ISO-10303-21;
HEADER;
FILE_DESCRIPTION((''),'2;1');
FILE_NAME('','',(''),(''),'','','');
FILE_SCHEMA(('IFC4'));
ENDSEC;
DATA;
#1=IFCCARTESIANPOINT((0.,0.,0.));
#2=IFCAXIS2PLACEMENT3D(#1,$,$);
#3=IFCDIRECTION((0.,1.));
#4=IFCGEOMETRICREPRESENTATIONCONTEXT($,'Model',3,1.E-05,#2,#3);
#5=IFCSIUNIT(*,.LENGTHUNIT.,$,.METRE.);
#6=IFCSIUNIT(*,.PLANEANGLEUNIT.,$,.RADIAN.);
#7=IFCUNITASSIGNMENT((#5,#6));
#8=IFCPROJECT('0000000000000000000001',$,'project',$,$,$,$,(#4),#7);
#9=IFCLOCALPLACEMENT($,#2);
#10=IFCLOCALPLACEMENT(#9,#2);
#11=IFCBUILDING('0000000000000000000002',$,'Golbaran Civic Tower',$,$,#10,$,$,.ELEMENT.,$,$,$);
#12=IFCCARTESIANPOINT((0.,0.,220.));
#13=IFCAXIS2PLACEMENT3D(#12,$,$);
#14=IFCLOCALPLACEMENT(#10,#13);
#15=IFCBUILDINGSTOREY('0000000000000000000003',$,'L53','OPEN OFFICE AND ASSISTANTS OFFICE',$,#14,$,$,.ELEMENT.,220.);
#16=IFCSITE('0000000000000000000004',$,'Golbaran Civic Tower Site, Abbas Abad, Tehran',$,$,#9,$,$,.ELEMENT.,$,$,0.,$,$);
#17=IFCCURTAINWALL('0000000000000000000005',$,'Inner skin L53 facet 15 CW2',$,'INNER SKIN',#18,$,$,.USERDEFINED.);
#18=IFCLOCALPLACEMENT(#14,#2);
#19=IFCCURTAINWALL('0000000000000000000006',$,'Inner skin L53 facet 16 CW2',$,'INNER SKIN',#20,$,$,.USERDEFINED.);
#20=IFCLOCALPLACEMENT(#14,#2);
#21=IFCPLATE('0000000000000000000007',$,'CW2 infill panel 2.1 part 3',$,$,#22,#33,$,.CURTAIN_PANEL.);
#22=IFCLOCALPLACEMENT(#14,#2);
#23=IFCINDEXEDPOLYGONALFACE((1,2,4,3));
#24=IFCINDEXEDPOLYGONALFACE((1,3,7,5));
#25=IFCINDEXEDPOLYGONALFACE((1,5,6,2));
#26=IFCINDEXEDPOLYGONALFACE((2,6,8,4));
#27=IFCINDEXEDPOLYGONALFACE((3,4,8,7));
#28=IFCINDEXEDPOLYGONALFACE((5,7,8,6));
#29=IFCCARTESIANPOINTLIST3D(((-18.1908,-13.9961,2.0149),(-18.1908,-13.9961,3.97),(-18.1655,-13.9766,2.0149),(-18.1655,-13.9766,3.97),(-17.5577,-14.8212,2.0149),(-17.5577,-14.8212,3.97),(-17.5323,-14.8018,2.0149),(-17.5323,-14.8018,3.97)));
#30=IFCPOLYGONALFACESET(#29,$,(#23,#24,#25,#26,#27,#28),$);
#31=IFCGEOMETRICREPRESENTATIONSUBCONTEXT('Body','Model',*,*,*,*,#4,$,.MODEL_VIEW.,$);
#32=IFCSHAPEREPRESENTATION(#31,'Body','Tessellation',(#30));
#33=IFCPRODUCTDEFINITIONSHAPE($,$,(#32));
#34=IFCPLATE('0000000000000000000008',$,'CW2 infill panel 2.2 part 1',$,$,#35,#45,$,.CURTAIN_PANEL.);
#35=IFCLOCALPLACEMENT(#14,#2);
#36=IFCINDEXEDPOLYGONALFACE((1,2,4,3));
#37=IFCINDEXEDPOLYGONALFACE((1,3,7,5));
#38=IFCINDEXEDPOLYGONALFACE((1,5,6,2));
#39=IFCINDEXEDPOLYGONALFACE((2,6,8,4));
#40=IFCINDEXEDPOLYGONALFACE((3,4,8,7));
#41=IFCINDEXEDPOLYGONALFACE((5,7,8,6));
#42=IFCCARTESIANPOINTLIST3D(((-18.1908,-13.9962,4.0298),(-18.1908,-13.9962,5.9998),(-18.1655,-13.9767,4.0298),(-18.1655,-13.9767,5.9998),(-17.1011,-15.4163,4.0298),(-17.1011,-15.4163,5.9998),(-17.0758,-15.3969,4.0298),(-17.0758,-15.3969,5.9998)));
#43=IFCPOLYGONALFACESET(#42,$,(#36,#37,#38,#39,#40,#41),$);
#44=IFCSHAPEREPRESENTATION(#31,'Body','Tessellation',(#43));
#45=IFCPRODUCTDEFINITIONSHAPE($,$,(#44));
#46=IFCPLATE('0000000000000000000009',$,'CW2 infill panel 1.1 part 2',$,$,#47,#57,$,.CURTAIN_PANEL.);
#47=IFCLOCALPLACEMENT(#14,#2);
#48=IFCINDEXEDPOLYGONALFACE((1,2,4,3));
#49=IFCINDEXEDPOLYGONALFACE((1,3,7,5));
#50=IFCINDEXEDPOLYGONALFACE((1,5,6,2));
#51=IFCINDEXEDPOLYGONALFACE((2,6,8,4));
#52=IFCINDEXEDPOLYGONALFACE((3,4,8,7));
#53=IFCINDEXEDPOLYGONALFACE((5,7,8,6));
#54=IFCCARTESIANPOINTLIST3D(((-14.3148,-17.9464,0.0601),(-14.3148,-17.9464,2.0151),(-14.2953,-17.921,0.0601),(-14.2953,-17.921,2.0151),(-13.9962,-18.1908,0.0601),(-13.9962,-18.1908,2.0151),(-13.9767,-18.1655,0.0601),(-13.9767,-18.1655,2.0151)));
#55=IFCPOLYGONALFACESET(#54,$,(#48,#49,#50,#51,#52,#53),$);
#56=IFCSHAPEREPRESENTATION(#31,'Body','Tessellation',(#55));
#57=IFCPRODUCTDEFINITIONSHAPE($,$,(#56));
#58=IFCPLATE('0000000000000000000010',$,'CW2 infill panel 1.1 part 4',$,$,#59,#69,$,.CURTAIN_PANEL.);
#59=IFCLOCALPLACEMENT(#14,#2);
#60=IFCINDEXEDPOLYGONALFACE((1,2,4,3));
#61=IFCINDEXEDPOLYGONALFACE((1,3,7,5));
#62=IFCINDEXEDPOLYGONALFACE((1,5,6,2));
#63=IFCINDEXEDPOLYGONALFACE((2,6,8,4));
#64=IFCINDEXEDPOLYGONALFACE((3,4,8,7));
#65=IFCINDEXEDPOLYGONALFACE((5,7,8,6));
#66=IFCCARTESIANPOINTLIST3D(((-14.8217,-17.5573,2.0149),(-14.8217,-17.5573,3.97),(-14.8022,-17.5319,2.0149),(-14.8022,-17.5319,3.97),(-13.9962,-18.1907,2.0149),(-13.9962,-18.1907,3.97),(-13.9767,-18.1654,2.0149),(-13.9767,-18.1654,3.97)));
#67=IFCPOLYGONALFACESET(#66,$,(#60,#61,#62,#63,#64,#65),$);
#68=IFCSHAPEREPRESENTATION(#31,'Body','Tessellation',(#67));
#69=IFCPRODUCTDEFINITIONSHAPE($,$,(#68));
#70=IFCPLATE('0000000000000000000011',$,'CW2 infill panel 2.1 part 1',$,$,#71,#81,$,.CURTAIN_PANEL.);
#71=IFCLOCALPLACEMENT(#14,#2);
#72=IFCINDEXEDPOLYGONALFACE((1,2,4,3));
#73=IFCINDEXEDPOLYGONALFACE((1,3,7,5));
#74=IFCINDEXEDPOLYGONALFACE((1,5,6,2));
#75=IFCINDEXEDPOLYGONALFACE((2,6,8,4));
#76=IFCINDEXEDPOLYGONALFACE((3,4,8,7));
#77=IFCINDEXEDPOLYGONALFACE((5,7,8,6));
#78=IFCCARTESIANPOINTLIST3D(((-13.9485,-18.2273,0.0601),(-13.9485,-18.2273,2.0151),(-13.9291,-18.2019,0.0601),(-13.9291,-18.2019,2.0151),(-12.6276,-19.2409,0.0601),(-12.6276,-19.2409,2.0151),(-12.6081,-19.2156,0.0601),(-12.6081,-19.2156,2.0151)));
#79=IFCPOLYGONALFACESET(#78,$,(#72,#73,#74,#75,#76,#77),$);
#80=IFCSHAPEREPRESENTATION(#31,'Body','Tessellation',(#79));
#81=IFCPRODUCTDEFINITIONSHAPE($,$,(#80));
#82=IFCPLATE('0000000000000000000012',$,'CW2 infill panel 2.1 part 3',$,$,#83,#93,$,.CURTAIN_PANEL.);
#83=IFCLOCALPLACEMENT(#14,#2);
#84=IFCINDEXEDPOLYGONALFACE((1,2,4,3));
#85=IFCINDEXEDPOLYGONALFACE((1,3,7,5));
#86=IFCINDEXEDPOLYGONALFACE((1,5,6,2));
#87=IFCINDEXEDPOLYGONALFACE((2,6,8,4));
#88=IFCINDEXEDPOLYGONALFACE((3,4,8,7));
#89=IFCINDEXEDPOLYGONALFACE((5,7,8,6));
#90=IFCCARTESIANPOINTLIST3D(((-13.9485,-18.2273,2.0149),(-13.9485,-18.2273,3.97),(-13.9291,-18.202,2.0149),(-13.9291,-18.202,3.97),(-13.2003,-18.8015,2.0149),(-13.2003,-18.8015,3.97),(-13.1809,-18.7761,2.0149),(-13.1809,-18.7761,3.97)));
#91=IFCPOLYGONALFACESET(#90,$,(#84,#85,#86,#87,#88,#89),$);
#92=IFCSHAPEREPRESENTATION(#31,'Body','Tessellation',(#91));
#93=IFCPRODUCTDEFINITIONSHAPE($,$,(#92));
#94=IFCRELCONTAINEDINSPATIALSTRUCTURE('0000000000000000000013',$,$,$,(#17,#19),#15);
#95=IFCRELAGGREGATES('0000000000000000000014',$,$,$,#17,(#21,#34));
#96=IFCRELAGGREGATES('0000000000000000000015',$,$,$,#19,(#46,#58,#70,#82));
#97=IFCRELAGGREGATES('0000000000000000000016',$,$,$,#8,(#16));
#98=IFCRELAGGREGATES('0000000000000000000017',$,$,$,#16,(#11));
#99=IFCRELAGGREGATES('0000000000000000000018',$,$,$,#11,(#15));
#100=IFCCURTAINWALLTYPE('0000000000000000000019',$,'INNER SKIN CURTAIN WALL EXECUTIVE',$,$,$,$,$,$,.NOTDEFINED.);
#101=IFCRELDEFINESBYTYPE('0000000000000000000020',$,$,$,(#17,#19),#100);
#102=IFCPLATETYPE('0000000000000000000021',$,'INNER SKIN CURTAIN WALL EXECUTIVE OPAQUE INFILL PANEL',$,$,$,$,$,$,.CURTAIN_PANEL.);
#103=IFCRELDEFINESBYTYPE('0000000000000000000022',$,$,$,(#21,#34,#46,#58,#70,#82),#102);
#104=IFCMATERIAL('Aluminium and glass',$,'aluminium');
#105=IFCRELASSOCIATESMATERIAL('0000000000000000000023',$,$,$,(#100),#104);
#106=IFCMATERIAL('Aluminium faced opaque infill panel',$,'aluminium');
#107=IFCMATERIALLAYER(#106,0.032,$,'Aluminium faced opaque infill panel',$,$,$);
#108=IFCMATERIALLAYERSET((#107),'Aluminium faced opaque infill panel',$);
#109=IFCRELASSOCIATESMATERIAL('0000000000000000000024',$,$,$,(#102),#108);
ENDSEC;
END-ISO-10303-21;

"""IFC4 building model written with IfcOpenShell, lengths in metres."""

from ifc_helpers import new_model, si_unit, direction, frame, origin, origin_2d, place, context, subcontext, project, spatial, rectangle, extrude, material, layer, layer_set, type_object, element, aggregate, save


model = new_model("IFC4")

# Units and contexts
model_context = context("Model", 3, precision=1e-05, world=origin(), true_north=direction((0.0, 1.0)))
body_context = subcontext(model_context, "Body", "Model", "MODEL_VIEW")
ifc_project = project(units=[si_unit("LENGTHUNIT", "METRE"), si_unit("PLANEANGLEUNIT", "RADIAN")], contexts=[model_context])

# Site, building, storey
site_placement = place(None, origin())
site = spatial("IfcSite", under=ifc_project, at=site_placement, Name="Golbaran Civic Tower Site, Abbas Abad, Tehran", CompositionType="ELEMENT", RefElevation=0.0)
building_placement = place(site_placement, origin())
building = spatial("IfcBuilding", under=site, at=building_placement, Name="Golbaran Civic Tower", CompositionType="ELEMENT")
storey_placement = place(building_placement, frame((0.0, 0.0, 220.0)))
storey = spatial("IfcBuildingStorey", under=building, at=storey_placement, Name="L53", Description="OPEN OFFICE AND ASSISTANTS OFFICE", CompositionType="ELEMENT", Elevation=220.0)

# Curtain wall
ifc_material_1 = material(Name="Aluminium and glass", Category="aluminium")
curtain_wall_type = type_object("IfcCurtainWallType", Name="INNER SKIN CURTAIN WALL EXECUTIVE", PredefinedType="NOTDEFINED", material=ifc_material_1)
curtain_wall_1_placement = place(storey_placement, origin())
curtain_wall_1 = element("IfcCurtainWall", 1, at=curtain_wall_1_placement, inside=storey, type_object=curtain_wall_type, Name="Inner skin L53 facet 15 CW2", ObjectType="INNER SKIN", PredefinedType="USERDEFINED")

# Curtain wall
curtain_wall_2_placement = place(storey_placement, origin())
curtain_wall_2 = element("IfcCurtainWall", 2, at=curtain_wall_2_placement, inside=storey, type_object=curtain_wall_type, Name="Inner skin L53 facet 16 CW2", ObjectType="INNER SKIN", PredefinedType="USERDEFINED")

# Plates
ifc_material_2 = material(Name="Aluminium faced opaque infill panel", Category="aluminium")
ifc_layer_1 = layer(ifc_material_2, 0.032, Name="Aluminium faced opaque infill panel")
ifc_layer_set_1 = layer_set([ifc_layer_1], Name="Aluminium faced opaque infill panel")
plate_type_1 = type_object("IfcPlateType", Name="INNER SKIN CURTAIN WALL EXECUTIVE OPAQUE INFILL PANEL", PredefinedType="CURTAIN_PANEL", material=ifc_layer_set_1)
plate_1_placement = place(storey_placement, frame((-17.8616, -14.3989, 2.0149), z_axis=(0.0, 0.0, 1.0), x_axis=(0.608761, -0.793353, 0.0)))
plate_1 = element("IfcPlate", 3, at=plate_1_placement, type_object=plate_type_1, Name="CW2 infill panel 2.1 part 3", PredefinedType="CURTAIN_PANEL", context=body_context, shape_type="SweptSolid", body=[
    extrude(rectangle(XDim=1.04, YDim=0.032, at=origin_2d()), origin(), (0.0, 0.0, 1.0), 1.9551),
])
plate_2_placement = place(storey_placement, frame((-17.6333, -14.6965, 4.0298), z_axis=(0.0, 0.0, 1.0), x_axis=(0.608761, -0.793353, 0.0)))
plate_2 = element("IfcPlate", 4, at=plate_2_placement, type_object=plate_type_1, Name="CW2 infill panel 2.2 part 1", PredefinedType="CURTAIN_PANEL", context=body_context, shape_type="SweptSolid", body=[
    extrude(rectangle(XDim=1.79, YDim=0.032, at=origin_2d()), origin(), (0.0, 0.0, 1.0), 1.97),
])
aggregate(curtain_wall_1, [plate_1, plate_2])
plate_3_placement = place(storey_placement, frame((-14.1458, -18.0559, 0.0601), z_axis=(0.0, 0.0, 1.0), x_axis=(0.793353, -0.608761, 0.0)))
plate_3 = element("IfcPlate", 5, at=plate_3_placement, type_object=plate_type_1, Name="CW2 infill panel 1.1 part 2", PredefinedType="CURTAIN_PANEL", context=body_context, shape_type="SweptSolid", body=[
    extrude(rectangle(XDim=0.4016, YDim=0.032, at=origin_2d()), origin(), (0.0, 0.0, 1.0), 1.9551),
])
plate_4_placement = place(storey_placement, frame((-14.3992, -17.8613, 2.0149), z_axis=(0.0, 0.0, 1.0), x_axis=(0.793353, -0.608761, 0.0)))
plate_4 = element("IfcPlate", 6, at=plate_4_placement, type_object=plate_type_1, Name="CW2 infill panel 1.1 part 4", PredefinedType="CURTAIN_PANEL", context=body_context, shape_type="SweptSolid", body=[
    extrude(rectangle(XDim=1.0405, YDim=0.032, at=origin_2d()), origin(), (0.0, 0.0, 1.0), 1.9551),
])
plate_5_placement = place(storey_placement, frame((-13.2783, -18.7214, 0.0601), z_axis=(0.0, 0.0, 1.0), x_axis=(0.793353, -0.608761, 0.0)))
plate_5 = element("IfcPlate", 7, at=plate_5_placement, type_object=plate_type_1, Name="CW2 infill panel 2.1 part 1", PredefinedType="CURTAIN_PANEL", context=body_context, shape_type="SweptSolid", body=[
    extrude(rectangle(XDim=1.665, YDim=0.032, at=origin_2d()), origin(), (0.0, 0.0, 1.0), 1.9551),
])
plate_6_placement = place(storey_placement, frame((-13.5647, -18.5017, 2.0149), z_axis=(0.0, 0.0, 1.0), x_axis=(0.793353, -0.608761, 0.0)))
plate_6 = element("IfcPlate", 8, at=plate_6_placement, type_object=plate_type_1, Name="CW2 infill panel 2.1 part 3", PredefinedType="CURTAIN_PANEL", context=body_context, shape_type="SweptSolid", body=[
    extrude(rectangle(XDim=0.9431, YDim=0.032, at=origin_2d()), origin(), (0.0, 0.0, 1.0), 1.9551),
])
aggregate(curtain_wall_2, [plate_3, plate_4, plate_5, plate_6])

save(model, "model.ifc")
